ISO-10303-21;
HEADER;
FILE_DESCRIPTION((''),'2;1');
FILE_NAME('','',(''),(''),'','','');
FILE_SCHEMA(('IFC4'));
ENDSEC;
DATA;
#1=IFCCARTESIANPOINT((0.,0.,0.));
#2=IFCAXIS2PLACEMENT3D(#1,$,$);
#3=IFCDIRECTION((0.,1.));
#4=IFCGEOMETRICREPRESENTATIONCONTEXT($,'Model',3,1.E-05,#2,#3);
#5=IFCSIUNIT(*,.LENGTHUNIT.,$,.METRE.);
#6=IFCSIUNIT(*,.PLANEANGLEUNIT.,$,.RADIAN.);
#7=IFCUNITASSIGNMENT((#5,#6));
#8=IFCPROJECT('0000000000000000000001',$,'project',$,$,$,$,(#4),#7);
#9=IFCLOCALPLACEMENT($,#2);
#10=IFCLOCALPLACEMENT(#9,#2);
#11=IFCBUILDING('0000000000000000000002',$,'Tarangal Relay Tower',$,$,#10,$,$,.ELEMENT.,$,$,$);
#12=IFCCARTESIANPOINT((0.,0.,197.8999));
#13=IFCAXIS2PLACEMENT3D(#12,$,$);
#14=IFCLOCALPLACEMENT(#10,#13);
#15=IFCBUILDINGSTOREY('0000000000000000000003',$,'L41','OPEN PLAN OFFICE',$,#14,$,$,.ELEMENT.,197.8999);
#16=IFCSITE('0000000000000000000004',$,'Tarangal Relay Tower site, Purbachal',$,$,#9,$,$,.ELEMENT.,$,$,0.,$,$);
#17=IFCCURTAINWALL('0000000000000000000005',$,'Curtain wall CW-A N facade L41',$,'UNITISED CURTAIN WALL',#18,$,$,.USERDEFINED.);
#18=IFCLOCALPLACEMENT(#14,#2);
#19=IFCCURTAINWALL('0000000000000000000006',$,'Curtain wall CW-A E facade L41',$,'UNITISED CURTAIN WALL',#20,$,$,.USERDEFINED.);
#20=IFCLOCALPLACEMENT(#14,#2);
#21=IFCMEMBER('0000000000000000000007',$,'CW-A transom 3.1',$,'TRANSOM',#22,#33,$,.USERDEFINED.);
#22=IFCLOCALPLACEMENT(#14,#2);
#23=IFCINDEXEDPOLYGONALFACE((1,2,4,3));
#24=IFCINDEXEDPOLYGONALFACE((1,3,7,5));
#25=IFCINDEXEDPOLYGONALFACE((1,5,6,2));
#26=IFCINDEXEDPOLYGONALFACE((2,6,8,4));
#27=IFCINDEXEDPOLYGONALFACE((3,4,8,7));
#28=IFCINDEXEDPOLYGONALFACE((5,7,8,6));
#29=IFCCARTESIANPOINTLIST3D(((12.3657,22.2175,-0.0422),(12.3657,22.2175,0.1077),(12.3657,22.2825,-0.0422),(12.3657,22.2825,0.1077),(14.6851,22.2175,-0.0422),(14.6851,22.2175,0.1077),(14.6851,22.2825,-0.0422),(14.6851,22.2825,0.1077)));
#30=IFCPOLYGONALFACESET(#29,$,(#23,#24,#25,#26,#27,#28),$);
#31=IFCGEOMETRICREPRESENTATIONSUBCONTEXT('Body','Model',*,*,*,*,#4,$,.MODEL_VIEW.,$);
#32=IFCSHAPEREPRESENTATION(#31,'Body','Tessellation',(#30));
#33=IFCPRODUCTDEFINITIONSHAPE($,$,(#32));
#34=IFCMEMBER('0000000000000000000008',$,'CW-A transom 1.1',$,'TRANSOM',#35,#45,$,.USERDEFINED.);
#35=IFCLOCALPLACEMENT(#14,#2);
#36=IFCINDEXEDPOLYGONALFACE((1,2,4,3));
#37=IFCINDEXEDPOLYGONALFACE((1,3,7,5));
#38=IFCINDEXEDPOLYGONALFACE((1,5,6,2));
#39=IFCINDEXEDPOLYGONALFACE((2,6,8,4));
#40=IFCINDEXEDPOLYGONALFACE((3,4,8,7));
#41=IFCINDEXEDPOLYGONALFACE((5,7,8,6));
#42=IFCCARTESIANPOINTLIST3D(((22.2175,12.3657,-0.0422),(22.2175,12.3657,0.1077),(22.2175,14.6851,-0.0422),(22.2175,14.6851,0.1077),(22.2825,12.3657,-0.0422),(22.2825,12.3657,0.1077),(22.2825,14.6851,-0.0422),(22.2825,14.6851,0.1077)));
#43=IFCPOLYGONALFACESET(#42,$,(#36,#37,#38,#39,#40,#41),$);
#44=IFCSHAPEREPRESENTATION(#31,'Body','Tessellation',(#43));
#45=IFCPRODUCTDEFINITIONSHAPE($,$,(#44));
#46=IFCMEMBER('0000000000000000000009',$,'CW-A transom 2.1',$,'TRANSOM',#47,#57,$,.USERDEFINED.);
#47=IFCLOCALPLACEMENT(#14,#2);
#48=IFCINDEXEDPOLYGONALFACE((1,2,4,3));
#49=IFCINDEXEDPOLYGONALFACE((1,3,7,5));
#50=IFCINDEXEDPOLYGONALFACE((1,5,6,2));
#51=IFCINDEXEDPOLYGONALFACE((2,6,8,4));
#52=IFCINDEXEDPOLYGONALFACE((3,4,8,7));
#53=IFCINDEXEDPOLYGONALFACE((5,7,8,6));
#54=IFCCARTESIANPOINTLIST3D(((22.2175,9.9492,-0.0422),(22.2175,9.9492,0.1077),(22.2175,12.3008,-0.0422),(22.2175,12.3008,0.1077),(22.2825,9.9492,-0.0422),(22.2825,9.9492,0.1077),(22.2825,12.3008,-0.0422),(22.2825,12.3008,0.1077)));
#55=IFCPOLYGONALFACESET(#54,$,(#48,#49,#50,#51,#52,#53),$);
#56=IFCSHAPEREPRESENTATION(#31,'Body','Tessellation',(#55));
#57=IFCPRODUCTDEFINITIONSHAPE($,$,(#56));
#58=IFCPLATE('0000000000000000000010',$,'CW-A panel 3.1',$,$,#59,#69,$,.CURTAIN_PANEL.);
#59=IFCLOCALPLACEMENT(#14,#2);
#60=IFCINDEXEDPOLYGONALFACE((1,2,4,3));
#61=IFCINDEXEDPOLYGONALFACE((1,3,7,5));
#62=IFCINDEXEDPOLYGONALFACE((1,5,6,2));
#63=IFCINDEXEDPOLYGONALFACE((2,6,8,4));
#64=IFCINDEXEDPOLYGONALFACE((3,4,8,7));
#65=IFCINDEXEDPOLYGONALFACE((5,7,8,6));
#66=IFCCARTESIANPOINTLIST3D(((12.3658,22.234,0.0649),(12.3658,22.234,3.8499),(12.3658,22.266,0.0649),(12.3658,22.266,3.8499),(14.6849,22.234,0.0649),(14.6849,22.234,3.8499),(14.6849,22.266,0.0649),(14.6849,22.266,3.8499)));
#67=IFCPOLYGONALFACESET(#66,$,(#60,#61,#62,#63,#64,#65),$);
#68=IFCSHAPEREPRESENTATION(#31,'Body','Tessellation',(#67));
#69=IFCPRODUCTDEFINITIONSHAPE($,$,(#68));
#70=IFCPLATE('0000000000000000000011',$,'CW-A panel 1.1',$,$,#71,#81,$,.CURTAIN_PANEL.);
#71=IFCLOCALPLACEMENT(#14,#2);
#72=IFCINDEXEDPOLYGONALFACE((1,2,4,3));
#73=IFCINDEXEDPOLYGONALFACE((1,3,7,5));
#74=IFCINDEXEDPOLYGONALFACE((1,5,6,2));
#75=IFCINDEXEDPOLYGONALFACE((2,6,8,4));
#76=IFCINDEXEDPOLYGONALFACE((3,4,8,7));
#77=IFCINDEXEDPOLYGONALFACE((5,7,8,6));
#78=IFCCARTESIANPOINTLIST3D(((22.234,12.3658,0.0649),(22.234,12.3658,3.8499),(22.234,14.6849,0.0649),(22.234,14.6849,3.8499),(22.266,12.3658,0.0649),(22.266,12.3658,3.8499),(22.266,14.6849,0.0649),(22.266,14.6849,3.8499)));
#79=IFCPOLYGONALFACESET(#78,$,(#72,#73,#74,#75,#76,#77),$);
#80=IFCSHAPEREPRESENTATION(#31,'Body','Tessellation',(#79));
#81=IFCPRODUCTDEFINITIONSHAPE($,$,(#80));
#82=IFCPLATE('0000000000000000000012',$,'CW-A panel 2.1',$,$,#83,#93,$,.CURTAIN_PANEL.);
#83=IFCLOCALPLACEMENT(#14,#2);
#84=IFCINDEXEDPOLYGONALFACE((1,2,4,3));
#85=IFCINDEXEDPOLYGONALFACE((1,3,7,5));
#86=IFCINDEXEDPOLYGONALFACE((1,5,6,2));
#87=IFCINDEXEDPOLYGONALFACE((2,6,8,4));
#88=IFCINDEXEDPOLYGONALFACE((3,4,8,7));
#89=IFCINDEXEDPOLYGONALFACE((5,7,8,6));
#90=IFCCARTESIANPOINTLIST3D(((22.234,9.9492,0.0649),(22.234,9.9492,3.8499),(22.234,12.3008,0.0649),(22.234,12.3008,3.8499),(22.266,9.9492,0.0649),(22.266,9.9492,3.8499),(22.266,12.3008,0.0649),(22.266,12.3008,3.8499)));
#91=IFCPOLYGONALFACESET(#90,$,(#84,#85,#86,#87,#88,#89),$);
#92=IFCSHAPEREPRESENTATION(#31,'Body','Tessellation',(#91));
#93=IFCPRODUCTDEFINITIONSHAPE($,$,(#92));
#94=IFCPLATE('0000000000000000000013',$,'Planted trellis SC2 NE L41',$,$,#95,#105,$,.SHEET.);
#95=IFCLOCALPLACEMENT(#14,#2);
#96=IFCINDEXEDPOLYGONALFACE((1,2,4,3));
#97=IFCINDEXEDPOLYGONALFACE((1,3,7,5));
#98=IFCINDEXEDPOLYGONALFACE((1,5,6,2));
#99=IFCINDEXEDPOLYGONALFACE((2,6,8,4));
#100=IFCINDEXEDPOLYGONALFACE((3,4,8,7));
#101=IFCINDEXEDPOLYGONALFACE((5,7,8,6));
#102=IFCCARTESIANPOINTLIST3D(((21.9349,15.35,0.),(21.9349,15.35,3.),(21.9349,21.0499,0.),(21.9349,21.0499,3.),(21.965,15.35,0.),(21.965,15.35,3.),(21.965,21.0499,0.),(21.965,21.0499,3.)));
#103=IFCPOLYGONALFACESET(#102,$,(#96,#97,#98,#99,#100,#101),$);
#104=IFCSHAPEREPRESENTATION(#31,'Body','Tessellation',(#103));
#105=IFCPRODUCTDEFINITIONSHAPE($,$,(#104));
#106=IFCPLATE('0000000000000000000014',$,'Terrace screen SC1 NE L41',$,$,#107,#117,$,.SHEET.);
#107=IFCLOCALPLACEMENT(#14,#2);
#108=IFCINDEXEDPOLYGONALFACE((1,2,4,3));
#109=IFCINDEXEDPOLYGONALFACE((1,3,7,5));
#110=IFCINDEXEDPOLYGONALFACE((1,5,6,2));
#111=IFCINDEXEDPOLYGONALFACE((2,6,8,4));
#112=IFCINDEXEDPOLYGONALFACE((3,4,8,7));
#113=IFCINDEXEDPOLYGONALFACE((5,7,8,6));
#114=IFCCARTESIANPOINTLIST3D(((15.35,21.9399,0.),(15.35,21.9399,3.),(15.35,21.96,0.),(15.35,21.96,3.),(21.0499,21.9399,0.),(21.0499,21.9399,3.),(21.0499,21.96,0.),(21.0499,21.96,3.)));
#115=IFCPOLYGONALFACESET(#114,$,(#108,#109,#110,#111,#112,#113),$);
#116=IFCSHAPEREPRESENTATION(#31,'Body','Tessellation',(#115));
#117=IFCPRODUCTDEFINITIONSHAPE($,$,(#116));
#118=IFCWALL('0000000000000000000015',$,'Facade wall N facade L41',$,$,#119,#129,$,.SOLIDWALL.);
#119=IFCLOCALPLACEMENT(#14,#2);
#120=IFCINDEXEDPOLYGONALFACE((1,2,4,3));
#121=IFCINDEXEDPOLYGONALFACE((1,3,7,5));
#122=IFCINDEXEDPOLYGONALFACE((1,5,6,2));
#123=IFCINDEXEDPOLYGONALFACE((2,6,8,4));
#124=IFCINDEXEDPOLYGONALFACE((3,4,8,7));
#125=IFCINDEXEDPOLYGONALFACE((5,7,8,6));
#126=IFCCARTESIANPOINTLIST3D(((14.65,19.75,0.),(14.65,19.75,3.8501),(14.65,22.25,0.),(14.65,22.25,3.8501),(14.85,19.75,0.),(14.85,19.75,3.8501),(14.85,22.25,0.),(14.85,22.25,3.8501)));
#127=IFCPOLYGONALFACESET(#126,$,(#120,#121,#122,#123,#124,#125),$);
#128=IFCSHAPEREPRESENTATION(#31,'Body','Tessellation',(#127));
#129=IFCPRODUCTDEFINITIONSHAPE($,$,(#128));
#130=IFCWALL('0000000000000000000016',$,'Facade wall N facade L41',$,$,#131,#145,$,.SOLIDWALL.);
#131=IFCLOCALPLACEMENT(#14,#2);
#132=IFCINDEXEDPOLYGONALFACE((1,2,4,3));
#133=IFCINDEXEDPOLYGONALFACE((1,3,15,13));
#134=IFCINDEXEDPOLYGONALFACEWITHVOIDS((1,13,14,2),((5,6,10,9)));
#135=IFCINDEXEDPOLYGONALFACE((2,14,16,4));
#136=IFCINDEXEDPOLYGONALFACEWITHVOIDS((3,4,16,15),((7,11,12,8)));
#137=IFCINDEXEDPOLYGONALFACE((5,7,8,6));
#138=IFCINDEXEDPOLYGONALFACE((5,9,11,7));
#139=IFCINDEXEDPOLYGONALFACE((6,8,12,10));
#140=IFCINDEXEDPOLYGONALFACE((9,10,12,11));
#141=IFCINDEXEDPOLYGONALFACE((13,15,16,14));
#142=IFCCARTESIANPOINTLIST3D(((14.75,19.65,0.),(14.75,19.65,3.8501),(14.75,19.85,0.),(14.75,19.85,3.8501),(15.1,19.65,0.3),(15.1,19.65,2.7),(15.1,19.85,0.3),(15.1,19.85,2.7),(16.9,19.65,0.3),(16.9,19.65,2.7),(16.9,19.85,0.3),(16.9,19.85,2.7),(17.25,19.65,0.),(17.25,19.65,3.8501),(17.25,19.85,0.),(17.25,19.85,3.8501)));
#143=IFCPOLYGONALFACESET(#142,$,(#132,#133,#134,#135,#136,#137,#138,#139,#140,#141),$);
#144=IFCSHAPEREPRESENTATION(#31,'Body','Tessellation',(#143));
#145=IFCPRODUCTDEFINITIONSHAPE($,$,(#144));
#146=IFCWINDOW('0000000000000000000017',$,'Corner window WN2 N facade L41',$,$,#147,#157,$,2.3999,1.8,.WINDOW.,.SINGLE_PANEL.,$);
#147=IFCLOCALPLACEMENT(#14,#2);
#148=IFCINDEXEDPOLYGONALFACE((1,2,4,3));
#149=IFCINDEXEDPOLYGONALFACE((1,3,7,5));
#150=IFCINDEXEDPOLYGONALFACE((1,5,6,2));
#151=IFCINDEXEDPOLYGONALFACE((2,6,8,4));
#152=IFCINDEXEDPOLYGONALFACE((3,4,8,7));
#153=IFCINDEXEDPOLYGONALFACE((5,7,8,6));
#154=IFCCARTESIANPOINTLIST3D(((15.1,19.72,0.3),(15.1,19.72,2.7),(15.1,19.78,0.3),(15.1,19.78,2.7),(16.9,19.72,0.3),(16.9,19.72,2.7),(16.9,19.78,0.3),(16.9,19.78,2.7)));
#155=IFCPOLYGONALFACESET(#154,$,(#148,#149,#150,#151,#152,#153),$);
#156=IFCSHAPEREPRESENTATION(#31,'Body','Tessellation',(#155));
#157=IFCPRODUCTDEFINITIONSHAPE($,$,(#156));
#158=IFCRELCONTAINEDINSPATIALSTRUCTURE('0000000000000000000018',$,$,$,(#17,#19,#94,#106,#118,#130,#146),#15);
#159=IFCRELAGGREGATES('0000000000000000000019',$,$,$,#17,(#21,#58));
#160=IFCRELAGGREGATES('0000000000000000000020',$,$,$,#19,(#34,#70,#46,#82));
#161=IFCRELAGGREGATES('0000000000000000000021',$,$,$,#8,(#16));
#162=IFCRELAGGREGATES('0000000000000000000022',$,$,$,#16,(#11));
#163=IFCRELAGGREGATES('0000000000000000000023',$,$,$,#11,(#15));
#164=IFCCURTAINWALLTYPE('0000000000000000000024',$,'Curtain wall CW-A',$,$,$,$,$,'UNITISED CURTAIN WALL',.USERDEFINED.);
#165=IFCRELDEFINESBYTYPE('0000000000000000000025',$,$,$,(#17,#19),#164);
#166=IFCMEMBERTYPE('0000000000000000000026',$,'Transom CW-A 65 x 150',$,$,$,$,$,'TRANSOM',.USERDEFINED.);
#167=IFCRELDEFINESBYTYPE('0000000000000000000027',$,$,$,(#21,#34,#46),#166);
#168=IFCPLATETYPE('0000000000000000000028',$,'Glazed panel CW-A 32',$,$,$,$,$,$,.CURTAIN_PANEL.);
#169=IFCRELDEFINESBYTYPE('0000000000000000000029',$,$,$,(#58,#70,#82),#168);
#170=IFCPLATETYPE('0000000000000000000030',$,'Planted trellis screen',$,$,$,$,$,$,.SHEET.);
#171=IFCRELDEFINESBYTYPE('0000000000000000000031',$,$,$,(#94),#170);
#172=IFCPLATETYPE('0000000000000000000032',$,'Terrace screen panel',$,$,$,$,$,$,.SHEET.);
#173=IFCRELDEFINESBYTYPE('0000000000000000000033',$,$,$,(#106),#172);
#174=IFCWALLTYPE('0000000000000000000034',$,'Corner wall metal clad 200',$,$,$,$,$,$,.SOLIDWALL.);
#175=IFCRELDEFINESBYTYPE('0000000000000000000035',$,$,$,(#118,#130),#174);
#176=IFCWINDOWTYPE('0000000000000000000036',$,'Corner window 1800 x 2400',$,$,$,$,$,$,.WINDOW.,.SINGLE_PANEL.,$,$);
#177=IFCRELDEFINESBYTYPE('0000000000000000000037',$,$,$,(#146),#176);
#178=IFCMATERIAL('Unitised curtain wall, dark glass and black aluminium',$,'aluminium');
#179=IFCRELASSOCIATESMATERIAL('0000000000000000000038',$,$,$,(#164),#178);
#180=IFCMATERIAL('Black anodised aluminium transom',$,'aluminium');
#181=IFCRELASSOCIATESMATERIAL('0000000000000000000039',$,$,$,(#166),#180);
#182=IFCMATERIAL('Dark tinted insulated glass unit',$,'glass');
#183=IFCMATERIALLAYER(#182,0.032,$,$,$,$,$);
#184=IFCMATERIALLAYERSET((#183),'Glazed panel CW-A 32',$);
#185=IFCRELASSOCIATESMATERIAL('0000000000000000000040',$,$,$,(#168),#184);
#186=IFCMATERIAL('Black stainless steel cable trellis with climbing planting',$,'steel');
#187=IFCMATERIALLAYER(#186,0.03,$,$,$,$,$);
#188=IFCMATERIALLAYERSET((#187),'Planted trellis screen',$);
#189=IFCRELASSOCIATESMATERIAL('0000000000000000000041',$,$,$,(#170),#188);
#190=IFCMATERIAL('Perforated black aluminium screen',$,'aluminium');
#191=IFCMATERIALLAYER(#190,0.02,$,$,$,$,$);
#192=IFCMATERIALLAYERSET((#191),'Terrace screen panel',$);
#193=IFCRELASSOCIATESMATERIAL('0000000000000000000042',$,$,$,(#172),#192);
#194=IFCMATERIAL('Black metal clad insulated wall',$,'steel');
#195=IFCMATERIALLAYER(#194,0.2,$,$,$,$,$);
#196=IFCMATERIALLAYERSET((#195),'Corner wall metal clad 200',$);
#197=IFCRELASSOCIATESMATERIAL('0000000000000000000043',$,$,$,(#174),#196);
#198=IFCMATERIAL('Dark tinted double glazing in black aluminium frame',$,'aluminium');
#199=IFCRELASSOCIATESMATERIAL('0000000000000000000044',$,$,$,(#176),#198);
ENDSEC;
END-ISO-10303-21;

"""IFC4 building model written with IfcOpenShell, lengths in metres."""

from ifc_helpers import new_model, si_unit, direction, frame, frame_2d, origin, origin_2d, place, context, subcontext, project, spatial, rectangle, extrude, material, layer, layer_set, material_profile, profile_set, type_object, element, fill, aggregate, save


model = new_model("IFC4")

# Units and contexts
model_context = context("Model", 3, precision=1e-05, world=origin(), true_north=direction((0.0, 1.0)))
body_context = subcontext(model_context, "Body", "Model", "MODEL_VIEW")
ifc_project = project(units=[si_unit("LENGTHUNIT", "METRE"), si_unit("PLANEANGLEUNIT", "RADIAN")], contexts=[model_context])

# Site, building, storey
site_placement = place(None, origin())
site = spatial("IfcSite", under=ifc_project, at=site_placement, Name="Tarangal Relay Tower site, Purbachal", CompositionType="ELEMENT", RefElevation=0.0)
building_placement = place(site_placement, origin())
building = spatial("IfcBuilding", under=site, at=building_placement, Name="Tarangal Relay Tower", CompositionType="ELEMENT")
storey_placement = place(building_placement, frame((0.0, 0.0, 197.8999)))
storey = spatial("IfcBuildingStorey", under=building, at=storey_placement, Name="L41", Description="OPEN PLAN OFFICE", CompositionType="ELEMENT", Elevation=197.8999)

# Curtain walls
ifc_material_1 = material(Name="Unitised curtain wall, dark glass and black aluminium", Category="aluminium")
curtain_wall_type = type_object("IfcCurtainWallType", Name="Curtain wall CW-A", ElementType="UNITISED CURTAIN WALL", PredefinedType="USERDEFINED", material=ifc_material_1)
curtain_wall_1_placement = place(storey_placement, origin())
curtain_wall_1 = element("IfcCurtainWall", 1, at=curtain_wall_1_placement, inside=storey, type_object=curtain_wall_type, Name="Curtain wall CW-A N facade L41", ObjectType="UNITISED CURTAIN WALL", PredefinedType="USERDEFINED")
curtain_wall_2_placement = place(storey_placement, origin())
curtain_wall_2 = element("IfcCurtainWall", 2, at=curtain_wall_2_placement, inside=storey, type_object=curtain_wall_type, Name="Curtain wall CW-A E facade L41", ObjectType="UNITISED CURTAIN WALL", PredefinedType="USERDEFINED")

# Members
ifc_material_2 = material(Name="Black anodised aluminium transom", Category="aluminium")
ifc_material_profile_1 = material_profile(ifc_material_2, rectangle(XDim=0.0649, YDim=0.1499, at=origin_2d()), Name="CW-AT 65X150")
ifc_profile_set_1 = profile_set([ifc_material_profile_1], Name="Black anodised aluminium transom")
member_type_1 = type_object("IfcMemberType", Name="Transom CW-A 65 x 150", ElementType="TRANSOM", PredefinedType="USERDEFINED", material=ifc_profile_set_1)
member_1_placement = place(storey_placement, frame((12.3657, 22.25, 0.0327), z_axis=(1.0, 0.0, 0.0), x_axis=(0.0, 1.0, 0.0)))
member_1 = element("IfcMember", 3, at=member_1_placement, type_object=member_type_1, Name="CW-A transom 3.1", ObjectType="TRANSOM", PredefinedType="USERDEFINED", context=body_context, shape_type="SweptSolid", body=[
    extrude(rectangle(XDim=0.0649, YDim=0.1499, at=origin_2d()), origin(), (0.0, 0.0, 1.0), 2.3193),
])
member_2_placement = place(storey_placement, frame((22.25, 14.6851, 0.0327), z_axis=(0.0, -1.0, 0.0), x_axis=(1.0, 0.0, 0.0)))
member_2 = element("IfcMember", 4, at=member_2_placement, type_object=member_type_1, Name="CW-A transom 1.1", ObjectType="TRANSOM", PredefinedType="USERDEFINED", context=body_context, shape_type="SweptSolid", body=[
    extrude(rectangle(XDim=0.0649, YDim=0.1499, at=origin_2d()), origin(), (0.0, 0.0, 1.0), 2.3193),
])
member_3_placement = place(storey_placement, frame((22.25, 12.3008, 0.0327), z_axis=(0.0, -1.0, 0.0), x_axis=(1.0, 0.0, 0.0)))
member_3 = element("IfcMember", 5, at=member_3_placement, type_object=member_type_1, Name="CW-A transom 2.1", ObjectType="TRANSOM", PredefinedType="USERDEFINED", context=body_context, shape_type="SweptSolid", body=[
    extrude(rectangle(XDim=0.0649, YDim=0.1499, at=origin_2d()), origin(), (0.0, 0.0, 1.0), 2.3516),
])

# Plates
ifc_material_3 = material(Name="Dark tinted insulated glass unit", Category="glass")
ifc_layer_1 = layer(ifc_material_3, 0.032)
ifc_layer_set_1 = layer_set([ifc_layer_1], Name="Glazed panel CW-A 32")
plate_type_1 = type_object("IfcPlateType", Name="Glazed panel CW-A 32", PredefinedType="CURTAIN_PANEL", material=ifc_layer_set_1)
plate_1_placement = place(storey_placement, frame((13.5254, 22.25, 0.0649), z_axis=(0.0, 0.0, 1.0), x_axis=(1.0, 0.0, 0.0)))
plate_1 = element("IfcPlate", 6, at=plate_1_placement, type_object=plate_type_1, Name="CW-A panel 3.1", PredefinedType="CURTAIN_PANEL", context=body_context, shape_type="SweptSolid", body=[
    extrude(rectangle(XDim=2.3191, YDim=0.032, at=origin_2d()), origin(), (0.0, 0.0, 1.0), 3.7849),
])
aggregate(curtain_wall_1, [member_1, plate_1])
plate_2_placement = place(storey_placement, frame((22.25, 13.5254, 0.0649), z_axis=(0.0, 0.0, 1.0), x_axis=(0.0, -1.0, 0.0)))
plate_2 = element("IfcPlate", 7, at=plate_2_placement, type_object=plate_type_1, Name="CW-A panel 1.1", PredefinedType="CURTAIN_PANEL", context=body_context, shape_type="SweptSolid", body=[
    extrude(rectangle(XDim=2.3191, YDim=0.032, at=origin_2d()), origin(), (0.0, 0.0, 1.0), 3.7849),
])
plate_3_placement = place(storey_placement, frame((22.25, 11.125, 0.0649), z_axis=(0.0, 0.0, 1.0), x_axis=(0.0, -1.0, 0.0)))
plate_3 = element("IfcPlate", 8, at=plate_3_placement, type_object=plate_type_1, Name="CW-A panel 2.1", PredefinedType="CURTAIN_PANEL", context=body_context, shape_type="SweptSolid", body=[
    extrude(rectangle(XDim=2.3516, YDim=0.032, at=origin_2d()), origin(), (0.0, 0.0, 1.0), 3.7849),
])
aggregate(curtain_wall_2, [member_2, plate_2, member_3, plate_3])

# Plates
ifc_material_4 = material(Name="Black stainless steel cable trellis with climbing planting", Category="steel")
ifc_layer_2 = layer(ifc_material_4, 0.03)
ifc_layer_set_2 = layer_set([ifc_layer_2], Name="Planted trellis screen")
plate_type_2 = type_object("IfcPlateType", Name="Planted trellis screen", PredefinedType="SHEET", material=ifc_layer_set_2)
plate_4_placement = place(storey_placement, frame((21.95, 18.2, 0.0), z_axis=(0.0, 0.0, 1.0), x_axis=(0.0, -1.0, 0.0)))
element("IfcPlate", 9, at=plate_4_placement, inside=storey, type_object=plate_type_2, Name="Planted trellis SC2 NE L41", PredefinedType="SHEET", context=body_context, shape_type="SweptSolid", body=[
    extrude(rectangle(XDim=5.7, YDim=0.03, at=origin_2d()), origin(), (0.0, 0.0, 1.0), 3.0),
])
ifc_material_5 = material(Name="Perforated black aluminium screen", Category="aluminium")
ifc_layer_3 = layer(ifc_material_5, 0.02)
ifc_layer_set_3 = layer_set([ifc_layer_3], Name="Terrace screen panel")
plate_type_3 = type_object("IfcPlateType", Name="Terrace screen panel", PredefinedType="SHEET", material=ifc_layer_set_3)
plate_5_placement = place(storey_placement, frame((18.2, 21.95, 0.0), z_axis=(0.0, 0.0, 1.0), x_axis=(1.0, 0.0, 0.0)))
element("IfcPlate", 10, at=plate_5_placement, inside=storey, type_object=plate_type_3, Name="Terrace screen SC1 NE L41", PredefinedType="SHEET", context=body_context, shape_type="SweptSolid", body=[
    extrude(rectangle(XDim=5.7, YDim=0.02, at=origin_2d()), origin(), (0.0, 0.0, 1.0), 3.0),
])

# Wall
ifc_material_6 = material(Name="Black metal clad insulated wall", Category="steel")
ifc_layer_4 = layer(ifc_material_6, 0.2)
ifc_layer_set_4 = layer_set([ifc_layer_4], Name="Corner wall metal clad 200")
wall_type_1 = type_object("IfcWallType", Name="Corner wall metal clad 200", PredefinedType="SOLIDWALL", material=ifc_layer_set_4)
wall_1_placement = place(storey_placement, frame((14.75, 22.25, 0.0), z_axis=(0.0, 0.0, 1.0), x_axis=(0.0, -1.0, 0.0)))
element("IfcWall", 11, at=wall_1_placement, inside=storey, type_object=wall_type_1, Name="Facade wall N facade L41", PredefinedType="SOLIDWALL", context=body_context, shape_type="SweptSolid", body=[
    extrude(rectangle(XDim=2.5, YDim=0.2, at=frame_2d((1.25, 0.0))), origin(), (0.0, 0.0, 1.0), 3.8501),
])

# Wall, opening, window
wall_2_placement = place(storey_placement, frame((14.75, 19.75, 0.0), z_axis=(0.0, 0.0, 1.0), x_axis=(1.0, 0.0, 0.0)))
wall_2 = element("IfcWall", 12, at=wall_2_placement, inside=storey, type_object=wall_type_1, Name="Facade wall N facade L41", PredefinedType="SOLIDWALL", context=body_context, shape_type="SweptSolid", body=[
    extrude(rectangle(XDim=2.5, YDim=0.2, at=frame_2d((1.25, 0.0))), origin(), (0.0, 0.0, 1.0), 3.8501),
])
opening_1_placement = place(wall_2_placement, frame((0.3501, 0.0, 0.3)))
opening_1 = element("IfcOpeningElement", 13, at=opening_1_placement, cuts=wall_2, PredefinedType="OPENING", context=body_context, shape_type="SweptSolid", body=[
    extrude(rectangle(XDim=1.8, YDim=2.3999, at=frame_2d((0.8999, 1.2))), frame((0.0, 0.1099, 0.0), z_axis=(0.0, -1.0, 0.0), x_axis=(1.0, 0.0, 0.0)), (0.0, 0.0, 1.0), 0.22),
])
ifc_material_7 = material(Name="Dark tinted double glazing in black aluminium frame", Category="aluminium")
window_type = type_object("IfcWindowType", Name="Corner window 1800 x 2400", PartitioningType="SINGLE_PANEL", PredefinedType="WINDOW", material=ifc_material_7)
window_1_placement = place(opening_1_placement, origin())
window_1 = element("IfcWindow", 14, at=window_1_placement, inside=storey, type_object=window_type, Name="Corner window WN2 N facade L41", OverallHeight=2.3999, OverallWidth=1.8, PartitioningType="SINGLE_PANEL", PredefinedType="WINDOW", context=body_context, shape_type="SweptSolid", body=[
    extrude(rectangle(XDim=1.8, YDim=2.3999, at=frame_2d((0.8999, 1.2))), frame((0.0, 0.03, 0.0), z_axis=(0.0, -1.0, 0.0), x_axis=(1.0, 0.0, 0.0)), (0.0, 0.0, 1.0), 0.0601),
])
fill(opening_1, window_1)

save(model, "model.ifc")
